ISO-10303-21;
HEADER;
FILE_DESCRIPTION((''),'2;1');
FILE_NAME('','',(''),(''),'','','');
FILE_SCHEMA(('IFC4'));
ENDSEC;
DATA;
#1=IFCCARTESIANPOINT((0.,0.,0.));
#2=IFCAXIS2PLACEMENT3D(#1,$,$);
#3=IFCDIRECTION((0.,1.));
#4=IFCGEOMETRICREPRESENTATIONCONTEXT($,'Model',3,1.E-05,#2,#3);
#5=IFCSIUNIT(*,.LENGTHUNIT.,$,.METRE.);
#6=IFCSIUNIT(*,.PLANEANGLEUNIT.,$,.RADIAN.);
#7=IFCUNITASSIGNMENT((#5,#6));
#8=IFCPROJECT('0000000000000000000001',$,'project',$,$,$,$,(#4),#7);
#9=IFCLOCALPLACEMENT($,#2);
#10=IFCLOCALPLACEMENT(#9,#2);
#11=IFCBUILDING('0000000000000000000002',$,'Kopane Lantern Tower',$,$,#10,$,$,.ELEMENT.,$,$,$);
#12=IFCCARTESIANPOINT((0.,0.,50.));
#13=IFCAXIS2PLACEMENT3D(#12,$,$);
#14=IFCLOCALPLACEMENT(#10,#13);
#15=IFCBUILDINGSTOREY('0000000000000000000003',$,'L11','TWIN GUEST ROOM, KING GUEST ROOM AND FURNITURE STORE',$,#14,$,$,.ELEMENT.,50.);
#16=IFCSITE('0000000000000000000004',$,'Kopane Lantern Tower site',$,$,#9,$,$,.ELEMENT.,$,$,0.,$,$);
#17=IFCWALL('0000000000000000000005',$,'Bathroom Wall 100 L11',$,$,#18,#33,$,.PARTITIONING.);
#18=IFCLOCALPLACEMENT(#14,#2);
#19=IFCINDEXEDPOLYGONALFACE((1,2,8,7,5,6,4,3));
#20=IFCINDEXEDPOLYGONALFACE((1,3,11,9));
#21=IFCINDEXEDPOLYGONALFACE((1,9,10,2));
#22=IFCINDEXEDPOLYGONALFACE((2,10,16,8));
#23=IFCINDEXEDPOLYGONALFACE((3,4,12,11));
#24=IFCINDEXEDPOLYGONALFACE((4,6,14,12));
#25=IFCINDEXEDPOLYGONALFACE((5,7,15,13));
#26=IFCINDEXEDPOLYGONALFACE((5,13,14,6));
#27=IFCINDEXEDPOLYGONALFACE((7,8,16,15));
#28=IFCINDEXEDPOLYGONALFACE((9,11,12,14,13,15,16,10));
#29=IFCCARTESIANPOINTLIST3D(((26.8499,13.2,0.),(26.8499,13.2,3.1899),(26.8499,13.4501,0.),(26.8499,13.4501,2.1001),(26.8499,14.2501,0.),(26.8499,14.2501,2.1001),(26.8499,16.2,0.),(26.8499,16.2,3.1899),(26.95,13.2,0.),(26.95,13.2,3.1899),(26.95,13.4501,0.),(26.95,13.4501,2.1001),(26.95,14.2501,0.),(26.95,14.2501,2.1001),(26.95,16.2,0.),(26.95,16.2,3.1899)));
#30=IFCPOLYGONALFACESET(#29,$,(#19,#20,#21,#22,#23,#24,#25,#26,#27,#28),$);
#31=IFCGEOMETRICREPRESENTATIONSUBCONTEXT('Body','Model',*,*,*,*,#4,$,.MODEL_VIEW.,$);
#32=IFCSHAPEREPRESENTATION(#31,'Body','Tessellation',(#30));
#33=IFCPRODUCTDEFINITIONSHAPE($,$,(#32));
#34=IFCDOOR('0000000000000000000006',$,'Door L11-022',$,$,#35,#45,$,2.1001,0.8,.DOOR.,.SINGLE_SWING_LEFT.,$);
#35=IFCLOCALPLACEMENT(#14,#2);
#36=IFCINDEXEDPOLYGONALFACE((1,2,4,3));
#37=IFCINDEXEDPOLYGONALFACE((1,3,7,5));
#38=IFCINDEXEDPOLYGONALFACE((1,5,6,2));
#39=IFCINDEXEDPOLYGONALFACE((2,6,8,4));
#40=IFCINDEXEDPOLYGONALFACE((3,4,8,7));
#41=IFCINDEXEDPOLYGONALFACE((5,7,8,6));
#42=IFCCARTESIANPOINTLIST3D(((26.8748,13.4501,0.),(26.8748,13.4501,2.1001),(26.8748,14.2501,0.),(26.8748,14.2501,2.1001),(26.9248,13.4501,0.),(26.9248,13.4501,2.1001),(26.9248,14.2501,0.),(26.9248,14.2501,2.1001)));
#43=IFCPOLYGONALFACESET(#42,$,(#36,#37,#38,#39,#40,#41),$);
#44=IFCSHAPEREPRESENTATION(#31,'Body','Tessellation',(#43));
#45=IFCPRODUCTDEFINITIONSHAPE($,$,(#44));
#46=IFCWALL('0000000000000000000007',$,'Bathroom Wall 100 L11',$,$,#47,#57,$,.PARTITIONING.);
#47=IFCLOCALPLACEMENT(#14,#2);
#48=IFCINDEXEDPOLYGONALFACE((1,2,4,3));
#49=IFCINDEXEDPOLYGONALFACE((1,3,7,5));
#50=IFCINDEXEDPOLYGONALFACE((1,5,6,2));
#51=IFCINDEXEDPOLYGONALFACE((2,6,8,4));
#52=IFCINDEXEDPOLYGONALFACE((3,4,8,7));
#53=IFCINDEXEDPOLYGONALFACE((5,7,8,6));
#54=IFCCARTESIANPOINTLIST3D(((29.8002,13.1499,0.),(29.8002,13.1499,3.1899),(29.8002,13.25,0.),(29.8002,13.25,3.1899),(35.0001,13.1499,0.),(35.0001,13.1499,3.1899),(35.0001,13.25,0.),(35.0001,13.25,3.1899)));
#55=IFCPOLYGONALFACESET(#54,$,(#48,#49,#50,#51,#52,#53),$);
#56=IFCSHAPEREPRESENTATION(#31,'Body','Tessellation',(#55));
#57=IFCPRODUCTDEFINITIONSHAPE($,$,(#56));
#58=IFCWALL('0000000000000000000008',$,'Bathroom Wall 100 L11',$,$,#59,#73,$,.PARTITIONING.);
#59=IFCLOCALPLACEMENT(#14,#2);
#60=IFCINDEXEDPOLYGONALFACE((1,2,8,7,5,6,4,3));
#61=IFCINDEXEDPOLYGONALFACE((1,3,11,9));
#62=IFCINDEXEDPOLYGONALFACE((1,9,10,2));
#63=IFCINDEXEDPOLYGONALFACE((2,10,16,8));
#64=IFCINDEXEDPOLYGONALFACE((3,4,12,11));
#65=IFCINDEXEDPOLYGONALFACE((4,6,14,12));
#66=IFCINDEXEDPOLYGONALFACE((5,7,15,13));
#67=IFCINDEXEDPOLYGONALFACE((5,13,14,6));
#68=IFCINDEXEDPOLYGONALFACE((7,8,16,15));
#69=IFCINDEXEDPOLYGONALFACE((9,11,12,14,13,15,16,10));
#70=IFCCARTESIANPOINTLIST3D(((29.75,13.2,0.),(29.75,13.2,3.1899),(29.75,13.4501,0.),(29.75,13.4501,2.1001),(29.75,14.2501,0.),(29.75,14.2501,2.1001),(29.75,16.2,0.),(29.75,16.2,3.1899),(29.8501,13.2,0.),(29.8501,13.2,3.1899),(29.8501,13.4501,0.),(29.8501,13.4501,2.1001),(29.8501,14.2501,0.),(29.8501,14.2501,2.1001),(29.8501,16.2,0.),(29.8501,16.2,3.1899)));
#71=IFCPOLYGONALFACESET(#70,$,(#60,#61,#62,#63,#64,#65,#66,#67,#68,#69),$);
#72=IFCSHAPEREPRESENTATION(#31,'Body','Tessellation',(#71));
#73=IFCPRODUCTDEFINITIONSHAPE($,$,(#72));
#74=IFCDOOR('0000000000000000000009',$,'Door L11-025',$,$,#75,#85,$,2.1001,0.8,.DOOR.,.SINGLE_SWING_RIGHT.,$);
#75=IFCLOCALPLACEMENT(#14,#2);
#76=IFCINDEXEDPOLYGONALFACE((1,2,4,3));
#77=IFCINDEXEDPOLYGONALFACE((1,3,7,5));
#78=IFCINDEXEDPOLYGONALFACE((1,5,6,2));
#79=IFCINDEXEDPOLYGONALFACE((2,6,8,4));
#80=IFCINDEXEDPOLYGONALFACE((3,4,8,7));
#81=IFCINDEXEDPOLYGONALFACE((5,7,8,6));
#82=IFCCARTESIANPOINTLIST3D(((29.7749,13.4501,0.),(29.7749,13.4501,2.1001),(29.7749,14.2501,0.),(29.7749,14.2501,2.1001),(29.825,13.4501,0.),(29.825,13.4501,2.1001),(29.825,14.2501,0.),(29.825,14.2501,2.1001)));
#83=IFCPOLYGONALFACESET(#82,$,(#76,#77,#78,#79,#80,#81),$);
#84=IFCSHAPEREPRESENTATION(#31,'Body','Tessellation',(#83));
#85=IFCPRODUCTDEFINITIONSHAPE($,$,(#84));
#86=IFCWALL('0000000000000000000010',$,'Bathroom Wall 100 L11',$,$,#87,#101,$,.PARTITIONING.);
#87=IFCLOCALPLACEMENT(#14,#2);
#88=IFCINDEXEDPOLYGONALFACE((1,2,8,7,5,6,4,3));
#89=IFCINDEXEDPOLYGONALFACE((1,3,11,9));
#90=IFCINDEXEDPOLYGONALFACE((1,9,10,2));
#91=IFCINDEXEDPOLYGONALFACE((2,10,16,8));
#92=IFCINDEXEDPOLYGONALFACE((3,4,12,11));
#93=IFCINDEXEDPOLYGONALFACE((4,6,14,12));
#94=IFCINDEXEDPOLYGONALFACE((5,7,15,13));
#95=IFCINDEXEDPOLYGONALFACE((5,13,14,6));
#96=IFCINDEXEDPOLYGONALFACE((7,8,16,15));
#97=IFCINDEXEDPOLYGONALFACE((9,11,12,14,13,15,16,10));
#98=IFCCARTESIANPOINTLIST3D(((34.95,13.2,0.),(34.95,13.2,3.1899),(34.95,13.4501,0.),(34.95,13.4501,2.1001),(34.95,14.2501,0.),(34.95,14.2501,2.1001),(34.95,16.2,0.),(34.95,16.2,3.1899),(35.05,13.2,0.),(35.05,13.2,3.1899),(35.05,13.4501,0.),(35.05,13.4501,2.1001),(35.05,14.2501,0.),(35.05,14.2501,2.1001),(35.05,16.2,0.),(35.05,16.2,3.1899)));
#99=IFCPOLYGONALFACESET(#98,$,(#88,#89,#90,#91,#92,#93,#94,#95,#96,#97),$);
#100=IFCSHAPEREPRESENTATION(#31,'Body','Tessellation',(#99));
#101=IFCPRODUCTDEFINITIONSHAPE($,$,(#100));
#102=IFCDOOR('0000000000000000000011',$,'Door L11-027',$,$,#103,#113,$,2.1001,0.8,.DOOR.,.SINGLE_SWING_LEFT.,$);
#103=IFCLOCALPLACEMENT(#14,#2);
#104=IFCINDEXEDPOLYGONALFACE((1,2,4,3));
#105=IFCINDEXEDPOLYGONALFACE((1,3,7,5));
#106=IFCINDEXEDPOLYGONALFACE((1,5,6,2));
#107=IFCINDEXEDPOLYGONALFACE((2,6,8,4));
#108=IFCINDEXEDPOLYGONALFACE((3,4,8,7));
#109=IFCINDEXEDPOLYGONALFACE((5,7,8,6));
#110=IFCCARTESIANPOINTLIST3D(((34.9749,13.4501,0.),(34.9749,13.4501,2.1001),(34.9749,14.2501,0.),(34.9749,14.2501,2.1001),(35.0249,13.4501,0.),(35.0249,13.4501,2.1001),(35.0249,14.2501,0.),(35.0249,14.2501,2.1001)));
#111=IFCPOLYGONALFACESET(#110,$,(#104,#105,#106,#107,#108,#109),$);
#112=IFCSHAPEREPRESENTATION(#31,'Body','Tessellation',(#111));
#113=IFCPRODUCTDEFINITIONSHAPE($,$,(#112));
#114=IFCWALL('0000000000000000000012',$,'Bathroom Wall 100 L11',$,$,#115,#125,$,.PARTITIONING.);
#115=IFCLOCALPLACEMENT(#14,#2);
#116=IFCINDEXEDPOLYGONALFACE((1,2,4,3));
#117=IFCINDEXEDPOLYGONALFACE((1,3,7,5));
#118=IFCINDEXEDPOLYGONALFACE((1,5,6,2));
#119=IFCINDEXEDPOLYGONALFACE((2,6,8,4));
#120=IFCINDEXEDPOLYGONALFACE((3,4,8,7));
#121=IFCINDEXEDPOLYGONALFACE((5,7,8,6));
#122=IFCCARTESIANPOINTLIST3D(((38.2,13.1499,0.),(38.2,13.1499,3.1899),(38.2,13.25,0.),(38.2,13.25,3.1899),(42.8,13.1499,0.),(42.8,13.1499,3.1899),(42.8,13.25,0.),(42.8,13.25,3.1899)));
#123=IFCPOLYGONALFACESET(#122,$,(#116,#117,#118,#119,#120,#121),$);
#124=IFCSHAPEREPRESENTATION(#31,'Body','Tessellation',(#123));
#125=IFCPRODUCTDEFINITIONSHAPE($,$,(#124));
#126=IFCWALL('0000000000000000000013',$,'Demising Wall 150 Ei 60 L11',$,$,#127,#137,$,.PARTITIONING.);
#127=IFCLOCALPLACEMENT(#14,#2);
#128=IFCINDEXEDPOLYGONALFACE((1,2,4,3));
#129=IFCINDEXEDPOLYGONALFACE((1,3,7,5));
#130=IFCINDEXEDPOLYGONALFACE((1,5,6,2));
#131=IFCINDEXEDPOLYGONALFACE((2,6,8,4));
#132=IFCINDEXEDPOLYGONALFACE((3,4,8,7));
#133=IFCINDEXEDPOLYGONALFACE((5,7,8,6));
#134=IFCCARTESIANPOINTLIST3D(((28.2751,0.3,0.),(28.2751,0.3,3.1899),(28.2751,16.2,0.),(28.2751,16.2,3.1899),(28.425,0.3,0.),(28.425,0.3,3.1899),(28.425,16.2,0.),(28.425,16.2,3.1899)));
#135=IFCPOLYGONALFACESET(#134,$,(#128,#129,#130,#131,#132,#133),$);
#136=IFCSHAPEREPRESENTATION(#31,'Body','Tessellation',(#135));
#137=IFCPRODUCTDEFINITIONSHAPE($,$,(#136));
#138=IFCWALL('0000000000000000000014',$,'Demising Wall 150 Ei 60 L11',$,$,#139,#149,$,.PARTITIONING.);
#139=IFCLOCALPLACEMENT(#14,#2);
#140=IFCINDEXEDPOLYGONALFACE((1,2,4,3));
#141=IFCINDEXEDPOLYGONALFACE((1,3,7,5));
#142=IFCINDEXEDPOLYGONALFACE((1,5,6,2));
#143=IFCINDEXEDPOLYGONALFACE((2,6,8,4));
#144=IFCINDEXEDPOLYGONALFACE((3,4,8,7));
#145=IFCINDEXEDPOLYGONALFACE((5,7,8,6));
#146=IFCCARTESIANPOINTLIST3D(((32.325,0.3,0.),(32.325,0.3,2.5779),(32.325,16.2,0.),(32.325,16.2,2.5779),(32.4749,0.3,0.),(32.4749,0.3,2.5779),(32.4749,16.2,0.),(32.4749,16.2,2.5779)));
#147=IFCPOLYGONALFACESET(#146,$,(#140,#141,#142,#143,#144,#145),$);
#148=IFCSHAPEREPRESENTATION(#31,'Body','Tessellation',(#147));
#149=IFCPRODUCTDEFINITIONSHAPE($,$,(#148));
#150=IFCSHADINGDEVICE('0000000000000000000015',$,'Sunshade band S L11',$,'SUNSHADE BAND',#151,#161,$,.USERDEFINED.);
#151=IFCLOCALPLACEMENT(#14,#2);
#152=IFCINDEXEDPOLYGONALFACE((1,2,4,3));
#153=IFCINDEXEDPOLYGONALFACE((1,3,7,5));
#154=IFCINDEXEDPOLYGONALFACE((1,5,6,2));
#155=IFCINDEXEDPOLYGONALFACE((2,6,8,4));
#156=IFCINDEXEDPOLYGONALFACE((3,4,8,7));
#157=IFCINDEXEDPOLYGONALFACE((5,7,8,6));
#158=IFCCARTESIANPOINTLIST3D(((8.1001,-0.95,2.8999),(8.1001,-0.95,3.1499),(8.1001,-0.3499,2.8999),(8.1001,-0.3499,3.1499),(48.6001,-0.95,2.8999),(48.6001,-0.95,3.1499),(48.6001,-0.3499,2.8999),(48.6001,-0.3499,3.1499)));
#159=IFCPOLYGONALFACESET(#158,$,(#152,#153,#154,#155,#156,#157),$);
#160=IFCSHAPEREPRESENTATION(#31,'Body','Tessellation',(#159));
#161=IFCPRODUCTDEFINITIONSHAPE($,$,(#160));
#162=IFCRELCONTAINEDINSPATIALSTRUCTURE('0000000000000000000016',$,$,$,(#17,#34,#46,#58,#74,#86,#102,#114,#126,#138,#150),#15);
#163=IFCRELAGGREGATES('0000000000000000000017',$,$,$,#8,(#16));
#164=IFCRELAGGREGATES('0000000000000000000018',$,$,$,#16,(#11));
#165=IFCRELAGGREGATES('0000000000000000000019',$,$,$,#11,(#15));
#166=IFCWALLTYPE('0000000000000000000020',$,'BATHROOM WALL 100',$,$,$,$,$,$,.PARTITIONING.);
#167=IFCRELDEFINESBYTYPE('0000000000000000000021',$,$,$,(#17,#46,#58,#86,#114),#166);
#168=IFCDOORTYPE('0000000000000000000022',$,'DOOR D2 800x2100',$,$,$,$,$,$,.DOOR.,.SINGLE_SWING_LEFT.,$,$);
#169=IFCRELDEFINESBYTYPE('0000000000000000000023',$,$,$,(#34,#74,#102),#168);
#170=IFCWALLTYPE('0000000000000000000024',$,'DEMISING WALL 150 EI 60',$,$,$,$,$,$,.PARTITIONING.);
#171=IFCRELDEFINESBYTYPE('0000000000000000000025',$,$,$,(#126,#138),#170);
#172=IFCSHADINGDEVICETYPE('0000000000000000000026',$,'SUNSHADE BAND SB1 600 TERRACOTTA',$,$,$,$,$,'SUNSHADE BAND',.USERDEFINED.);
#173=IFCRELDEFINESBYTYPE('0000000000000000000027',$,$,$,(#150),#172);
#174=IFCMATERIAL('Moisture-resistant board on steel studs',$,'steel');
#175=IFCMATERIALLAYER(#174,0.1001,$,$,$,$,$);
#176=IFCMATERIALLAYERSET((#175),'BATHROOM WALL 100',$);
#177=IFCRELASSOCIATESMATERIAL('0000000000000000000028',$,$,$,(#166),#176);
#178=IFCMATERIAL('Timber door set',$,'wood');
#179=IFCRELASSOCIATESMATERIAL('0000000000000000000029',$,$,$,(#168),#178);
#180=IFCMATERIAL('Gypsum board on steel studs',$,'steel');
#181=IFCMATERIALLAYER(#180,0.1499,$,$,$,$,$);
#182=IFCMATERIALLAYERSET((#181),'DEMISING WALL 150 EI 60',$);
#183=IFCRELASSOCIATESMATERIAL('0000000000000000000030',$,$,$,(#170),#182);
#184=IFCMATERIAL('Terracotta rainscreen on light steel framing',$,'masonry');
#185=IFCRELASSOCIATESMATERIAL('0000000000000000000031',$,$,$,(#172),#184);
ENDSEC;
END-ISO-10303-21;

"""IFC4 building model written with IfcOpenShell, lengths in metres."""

from ifc_helpers import new_model, si_unit, direction, frame, frame_2d, origin, origin_2d, place, context, subcontext, project, spatial, rectangle, extrude, material, layer, layer_set, type_object, element, fill, save


model = new_model("IFC4")

# Units and contexts
model_context = context("Model", 3, precision=1e-05, world=origin(), true_north=direction((0.0, 1.0)))
body_context = subcontext(model_context, "Body", "Model", "MODEL_VIEW")
ifc_project = project(units=[si_unit("LENGTHUNIT", "METRE"), si_unit("PLANEANGLEUNIT", "RADIAN")], contexts=[model_context])

# Site, building, storey
site_placement = place(None, origin())
site = spatial("IfcSite", under=ifc_project, at=site_placement, Name="Kopane Lantern Tower site", CompositionType="ELEMENT", RefElevation=0.0)
building_placement = place(site_placement, origin())
building = spatial("IfcBuilding", under=site, at=building_placement, Name="Kopane Lantern Tower", CompositionType="ELEMENT")
storey_placement = place(building_placement, frame((0.0, 0.0, 50.0)))
storey = spatial("IfcBuildingStorey", under=building, at=storey_placement, Name="L11", Description="TWIN GUEST ROOM, KING GUEST ROOM AND FURNITURE STORE", CompositionType="ELEMENT", Elevation=50.0)

# Wall, opening, door
ifc_material_1 = material(Name="Moisture-resistant board on steel studs", Category="steel")
ifc_layer_1 = layer(ifc_material_1, 0.1001)
ifc_layer_set_1 = layer_set([ifc_layer_1], Name="BATHROOM WALL 100")
wall_type_1 = type_object("IfcWallType", Name="BATHROOM WALL 100", PredefinedType="PARTITIONING", material=ifc_layer_set_1)
wall_1_placement = place(storey_placement, frame((26.8999, 16.2, 0.0), z_axis=(0.0, 0.0, 1.0), x_axis=(0.0, -1.0, 0.0)))
wall_1 = element("IfcWall", 1, at=wall_1_placement, inside=storey, type_object=wall_type_1, Name="Bathroom Wall 100 L11", PredefinedType="PARTITIONING", context=body_context, shape_type="SweptSolid", body=[
    extrude(rectangle(XDim=3.0, YDim=0.1001, at=frame_2d((1.5, 0.0))), origin(), (0.0, 0.0, 1.0), 3.1899),
])
opening_1_placement = place(wall_1_placement, frame((1.95, 0.0, 0.0)))
opening_1 = element("IfcOpeningElement", 2, at=opening_1_placement, cuts=wall_1, PredefinedType="OPENING", context=body_context, shape_type="SweptSolid", body=[
    extrude(rectangle(XDim=0.8, YDim=2.1001, at=frame_2d((0.3999, 1.05))), frame((0.0, 0.0601, 0.0), z_axis=(0.0, -1.0, 0.0), x_axis=(1.0, 0.0, 0.0)), (0.0, 0.0, 1.0), 0.1201),
])
ifc_material_2 = material(Name="Timber door set", Category="wood")
door_type = type_object("IfcDoorType", Name="DOOR D2 800x2100", OperationType="SINGLE_SWING_LEFT", PredefinedType="DOOR", material=ifc_material_2)
door_1_placement = place(opening_1_placement, origin())
door_1 = element("IfcDoor", 3, at=door_1_placement, inside=storey, type_object=door_type, Name="Door L11-022", OperationType="SINGLE_SWING_LEFT", OverallHeight=2.1001, OverallWidth=0.8, PredefinedType="DOOR", context=body_context, shape_type="SweptSolid", body=[
    extrude(rectangle(XDim=0.8, YDim=2.1001, at=frame_2d((0.3999, 1.05))), frame((0.0, 0.0249, 0.0), z_axis=(0.0, -1.0, 0.0), x_axis=(1.0, 0.0, 0.0)), (0.0, 0.0, 1.0), 0.05),
])
fill(opening_1, door_1)

# Wall
wall_2_placement = place(storey_placement, frame((29.8, 13.2, 0.0), z_axis=(0.0, 0.0, 1.0), x_axis=(1.0, 0.0, 0.0)))
element("IfcWall", 4, at=wall_2_placement, inside=storey, type_object=wall_type_1, Name="Bathroom Wall 100 L11", PredefinedType="PARTITIONING", context=body_context, shape_type="SweptSolid", body=[
    extrude(rectangle(XDim=5.2, YDim=0.1001, at=frame_2d((2.6001, 0.0))), origin(), (0.0, 0.0, 1.0), 3.1899),
])

# Walls, openings, doors
wall_3_placement = place(storey_placement, frame((29.8, 16.2, 0.0), z_axis=(0.0, 0.0, 1.0), x_axis=(0.0, -1.0, 0.0)))
wall_3 = element("IfcWall", 5, at=wall_3_placement, inside=storey, type_object=wall_type_1, Name="Bathroom Wall 100 L11", PredefinedType="PARTITIONING", context=body_context, shape_type="SweptSolid", body=[
    extrude(rectangle(XDim=3.0, YDim=0.1001, at=frame_2d((1.5, 0.0))), origin(), (0.0, 0.0, 1.0), 3.1899),
])
opening_2_placement = place(wall_3_placement, frame((1.95, 0.0, 0.0)))
opening_2 = element("IfcOpeningElement", 6, at=opening_2_placement, cuts=wall_3, PredefinedType="OPENING", context=body_context, shape_type="SweptSolid", body=[
    extrude(rectangle(XDim=0.8, YDim=2.1001, at=frame_2d((0.3999, 1.05))), frame((0.0, 0.0601, 0.0), z_axis=(0.0, -1.0, 0.0), x_axis=(1.0, 0.0, 0.0)), (0.0, 0.0, 1.0), 0.1201),
])
door_2_placement = place(opening_2_placement, origin())
door_2 = element("IfcDoor", 7, at=door_2_placement, inside=storey, type_object=door_type, Name="Door L11-025", OperationType="SINGLE_SWING_RIGHT", OverallHeight=2.1001, OverallWidth=0.8, PredefinedType="DOOR", context=body_context, shape_type="SweptSolid", body=[
    extrude(rectangle(XDim=0.8, YDim=2.1001, at=frame_2d((0.3999, 1.05))), frame((0.0, 0.0249, 0.0), z_axis=(0.0, -1.0, 0.0), x_axis=(1.0, 0.0, 0.0)), (0.0, 0.0, 1.0), 0.05),
])
fill(opening_2, door_2)
wall_4_placement = place(storey_placement, frame((35.0, 16.2, 0.0), z_axis=(0.0, 0.0, 1.0), x_axis=(0.0, -1.0, 0.0)))
wall_4 = element("IfcWall", 8, at=wall_4_placement, inside=storey, type_object=wall_type_1, Name="Bathroom Wall 100 L11", PredefinedType="PARTITIONING", context=body_context, shape_type="SweptSolid", body=[
    extrude(rectangle(XDim=3.0, YDim=0.1001, at=frame_2d((1.5, 0.0))), origin(), (0.0, 0.0, 1.0), 3.1899),
])
opening_3_placement = place(wall_4_placement, frame((1.95, 0.0, 0.0)))
opening_3 = element("IfcOpeningElement", 9, at=opening_3_placement, cuts=wall_4, PredefinedType="OPENING", context=body_context, shape_type="SweptSolid", body=[
    extrude(rectangle(XDim=0.8, YDim=2.1001, at=frame_2d((0.3999, 1.05))), frame((0.0, 0.0601, 0.0), z_axis=(0.0, -1.0, 0.0), x_axis=(1.0, 0.0, 0.0)), (0.0, 0.0, 1.0), 0.1201),
])
door_3_placement = place(opening_3_placement, origin())
door_3 = element("IfcDoor", 10, at=door_3_placement, inside=storey, type_object=door_type, Name="Door L11-027", OperationType="SINGLE_SWING_LEFT", OverallHeight=2.1001, OverallWidth=0.8, PredefinedType="DOOR", context=body_context, shape_type="SweptSolid", body=[
    extrude(rectangle(XDim=0.8, YDim=2.1001, at=frame_2d((0.3999, 1.05))), frame((0.0, 0.0249, 0.0), z_axis=(0.0, -1.0, 0.0), x_axis=(1.0, 0.0, 0.0)), (0.0, 0.0, 1.0), 0.05),
])
fill(opening_3, door_3)

# Walls
wall_5_placement = place(storey_placement, frame((38.2, 13.2, 0.0), z_axis=(0.0, 0.0, 1.0), x_axis=(1.0, 0.0, 0.0)))
element("IfcWall", 11, at=wall_5_placement, inside=storey, type_object=wall_type_1, Name="Bathroom Wall 100 L11", PredefinedType="PARTITIONING", context=body_context, shape_type="SweptSolid", body=[
    extrude(rectangle(XDim=4.6001, YDim=0.1001, at=frame_2d((2.3, 0.0))), origin(), (0.0, 0.0, 1.0), 3.1899),
])
ifc_material_3 = material(Name="Gypsum board on steel studs", Category="steel")
ifc_layer_2 = layer(ifc_material_3, 0.1499)
ifc_layer_set_2 = layer_set([ifc_layer_2], Name="DEMISING WALL 150 EI 60")
wall_type_2 = type_object("IfcWallType", Name="DEMISING WALL 150 EI 60", PredefinedType="PARTITIONING", material=ifc_layer_set_2)
wall_6_placement = place(storey_placement, frame((28.3501, 16.2, 0.0), z_axis=(0.0, 0.0, 1.0), x_axis=(0.0, -1.0, 0.0)))
element("IfcWall", 12, at=wall_6_placement, inside=storey, type_object=wall_type_2, Name="Demising Wall 150 Ei 60 L11", PredefinedType="PARTITIONING", context=body_context, shape_type="SweptSolid", body=[
    extrude(rectangle(XDim=15.8999, YDim=0.1499, at=frame_2d((7.95, 0.0))), origin(), (0.0, 0.0, 1.0), 3.1899),
])
wall_7_placement = place(storey_placement, frame((32.3999, 16.2, 0.0), z_axis=(0.0, 0.0, 1.0), x_axis=(0.0, -1.0, 0.0)))
element("IfcWall", 13, at=wall_7_placement, inside=storey, type_object=wall_type_2, Name="Demising Wall 150 Ei 60 L11", PredefinedType="PARTITIONING", context=body_context, shape_type="SweptSolid", body=[
    extrude(rectangle(XDim=15.8999, YDim=0.1499, at=frame_2d((7.95, 0.0))), origin(), (0.0, 0.0, 1.0), 2.5779),
])

# Shading device
ifc_material_4 = material(Name="Terracotta rainscreen on light steel framing", Category="masonry")
shading_device_type = type_object("IfcShadingDeviceType", Name="SUNSHADE BAND SB1 600 TERRACOTTA", ElementType="SUNSHADE BAND", PredefinedType="USERDEFINED", material=ifc_material_4)
shading_device_placement = place(storey_placement, frame((28.3501, -0.6499, 2.8999), z_axis=(0.0, 0.0, 1.0), x_axis=(1.0, 0.0, 0.0)))
element("IfcShadingDevice", 14, at=shading_device_placement, inside=storey, type_object=shading_device_type, Name="Sunshade band S L11", ObjectType="SUNSHADE BAND", PredefinedType="USERDEFINED", context=body_context, shape_type="SweptSolid", body=[
    extrude(rectangle(XDim=40.5, YDim=0.6001, at=origin_2d()), origin(), (0.0, 0.0, 1.0), 0.25),
])

save(model, "model.ifc")
